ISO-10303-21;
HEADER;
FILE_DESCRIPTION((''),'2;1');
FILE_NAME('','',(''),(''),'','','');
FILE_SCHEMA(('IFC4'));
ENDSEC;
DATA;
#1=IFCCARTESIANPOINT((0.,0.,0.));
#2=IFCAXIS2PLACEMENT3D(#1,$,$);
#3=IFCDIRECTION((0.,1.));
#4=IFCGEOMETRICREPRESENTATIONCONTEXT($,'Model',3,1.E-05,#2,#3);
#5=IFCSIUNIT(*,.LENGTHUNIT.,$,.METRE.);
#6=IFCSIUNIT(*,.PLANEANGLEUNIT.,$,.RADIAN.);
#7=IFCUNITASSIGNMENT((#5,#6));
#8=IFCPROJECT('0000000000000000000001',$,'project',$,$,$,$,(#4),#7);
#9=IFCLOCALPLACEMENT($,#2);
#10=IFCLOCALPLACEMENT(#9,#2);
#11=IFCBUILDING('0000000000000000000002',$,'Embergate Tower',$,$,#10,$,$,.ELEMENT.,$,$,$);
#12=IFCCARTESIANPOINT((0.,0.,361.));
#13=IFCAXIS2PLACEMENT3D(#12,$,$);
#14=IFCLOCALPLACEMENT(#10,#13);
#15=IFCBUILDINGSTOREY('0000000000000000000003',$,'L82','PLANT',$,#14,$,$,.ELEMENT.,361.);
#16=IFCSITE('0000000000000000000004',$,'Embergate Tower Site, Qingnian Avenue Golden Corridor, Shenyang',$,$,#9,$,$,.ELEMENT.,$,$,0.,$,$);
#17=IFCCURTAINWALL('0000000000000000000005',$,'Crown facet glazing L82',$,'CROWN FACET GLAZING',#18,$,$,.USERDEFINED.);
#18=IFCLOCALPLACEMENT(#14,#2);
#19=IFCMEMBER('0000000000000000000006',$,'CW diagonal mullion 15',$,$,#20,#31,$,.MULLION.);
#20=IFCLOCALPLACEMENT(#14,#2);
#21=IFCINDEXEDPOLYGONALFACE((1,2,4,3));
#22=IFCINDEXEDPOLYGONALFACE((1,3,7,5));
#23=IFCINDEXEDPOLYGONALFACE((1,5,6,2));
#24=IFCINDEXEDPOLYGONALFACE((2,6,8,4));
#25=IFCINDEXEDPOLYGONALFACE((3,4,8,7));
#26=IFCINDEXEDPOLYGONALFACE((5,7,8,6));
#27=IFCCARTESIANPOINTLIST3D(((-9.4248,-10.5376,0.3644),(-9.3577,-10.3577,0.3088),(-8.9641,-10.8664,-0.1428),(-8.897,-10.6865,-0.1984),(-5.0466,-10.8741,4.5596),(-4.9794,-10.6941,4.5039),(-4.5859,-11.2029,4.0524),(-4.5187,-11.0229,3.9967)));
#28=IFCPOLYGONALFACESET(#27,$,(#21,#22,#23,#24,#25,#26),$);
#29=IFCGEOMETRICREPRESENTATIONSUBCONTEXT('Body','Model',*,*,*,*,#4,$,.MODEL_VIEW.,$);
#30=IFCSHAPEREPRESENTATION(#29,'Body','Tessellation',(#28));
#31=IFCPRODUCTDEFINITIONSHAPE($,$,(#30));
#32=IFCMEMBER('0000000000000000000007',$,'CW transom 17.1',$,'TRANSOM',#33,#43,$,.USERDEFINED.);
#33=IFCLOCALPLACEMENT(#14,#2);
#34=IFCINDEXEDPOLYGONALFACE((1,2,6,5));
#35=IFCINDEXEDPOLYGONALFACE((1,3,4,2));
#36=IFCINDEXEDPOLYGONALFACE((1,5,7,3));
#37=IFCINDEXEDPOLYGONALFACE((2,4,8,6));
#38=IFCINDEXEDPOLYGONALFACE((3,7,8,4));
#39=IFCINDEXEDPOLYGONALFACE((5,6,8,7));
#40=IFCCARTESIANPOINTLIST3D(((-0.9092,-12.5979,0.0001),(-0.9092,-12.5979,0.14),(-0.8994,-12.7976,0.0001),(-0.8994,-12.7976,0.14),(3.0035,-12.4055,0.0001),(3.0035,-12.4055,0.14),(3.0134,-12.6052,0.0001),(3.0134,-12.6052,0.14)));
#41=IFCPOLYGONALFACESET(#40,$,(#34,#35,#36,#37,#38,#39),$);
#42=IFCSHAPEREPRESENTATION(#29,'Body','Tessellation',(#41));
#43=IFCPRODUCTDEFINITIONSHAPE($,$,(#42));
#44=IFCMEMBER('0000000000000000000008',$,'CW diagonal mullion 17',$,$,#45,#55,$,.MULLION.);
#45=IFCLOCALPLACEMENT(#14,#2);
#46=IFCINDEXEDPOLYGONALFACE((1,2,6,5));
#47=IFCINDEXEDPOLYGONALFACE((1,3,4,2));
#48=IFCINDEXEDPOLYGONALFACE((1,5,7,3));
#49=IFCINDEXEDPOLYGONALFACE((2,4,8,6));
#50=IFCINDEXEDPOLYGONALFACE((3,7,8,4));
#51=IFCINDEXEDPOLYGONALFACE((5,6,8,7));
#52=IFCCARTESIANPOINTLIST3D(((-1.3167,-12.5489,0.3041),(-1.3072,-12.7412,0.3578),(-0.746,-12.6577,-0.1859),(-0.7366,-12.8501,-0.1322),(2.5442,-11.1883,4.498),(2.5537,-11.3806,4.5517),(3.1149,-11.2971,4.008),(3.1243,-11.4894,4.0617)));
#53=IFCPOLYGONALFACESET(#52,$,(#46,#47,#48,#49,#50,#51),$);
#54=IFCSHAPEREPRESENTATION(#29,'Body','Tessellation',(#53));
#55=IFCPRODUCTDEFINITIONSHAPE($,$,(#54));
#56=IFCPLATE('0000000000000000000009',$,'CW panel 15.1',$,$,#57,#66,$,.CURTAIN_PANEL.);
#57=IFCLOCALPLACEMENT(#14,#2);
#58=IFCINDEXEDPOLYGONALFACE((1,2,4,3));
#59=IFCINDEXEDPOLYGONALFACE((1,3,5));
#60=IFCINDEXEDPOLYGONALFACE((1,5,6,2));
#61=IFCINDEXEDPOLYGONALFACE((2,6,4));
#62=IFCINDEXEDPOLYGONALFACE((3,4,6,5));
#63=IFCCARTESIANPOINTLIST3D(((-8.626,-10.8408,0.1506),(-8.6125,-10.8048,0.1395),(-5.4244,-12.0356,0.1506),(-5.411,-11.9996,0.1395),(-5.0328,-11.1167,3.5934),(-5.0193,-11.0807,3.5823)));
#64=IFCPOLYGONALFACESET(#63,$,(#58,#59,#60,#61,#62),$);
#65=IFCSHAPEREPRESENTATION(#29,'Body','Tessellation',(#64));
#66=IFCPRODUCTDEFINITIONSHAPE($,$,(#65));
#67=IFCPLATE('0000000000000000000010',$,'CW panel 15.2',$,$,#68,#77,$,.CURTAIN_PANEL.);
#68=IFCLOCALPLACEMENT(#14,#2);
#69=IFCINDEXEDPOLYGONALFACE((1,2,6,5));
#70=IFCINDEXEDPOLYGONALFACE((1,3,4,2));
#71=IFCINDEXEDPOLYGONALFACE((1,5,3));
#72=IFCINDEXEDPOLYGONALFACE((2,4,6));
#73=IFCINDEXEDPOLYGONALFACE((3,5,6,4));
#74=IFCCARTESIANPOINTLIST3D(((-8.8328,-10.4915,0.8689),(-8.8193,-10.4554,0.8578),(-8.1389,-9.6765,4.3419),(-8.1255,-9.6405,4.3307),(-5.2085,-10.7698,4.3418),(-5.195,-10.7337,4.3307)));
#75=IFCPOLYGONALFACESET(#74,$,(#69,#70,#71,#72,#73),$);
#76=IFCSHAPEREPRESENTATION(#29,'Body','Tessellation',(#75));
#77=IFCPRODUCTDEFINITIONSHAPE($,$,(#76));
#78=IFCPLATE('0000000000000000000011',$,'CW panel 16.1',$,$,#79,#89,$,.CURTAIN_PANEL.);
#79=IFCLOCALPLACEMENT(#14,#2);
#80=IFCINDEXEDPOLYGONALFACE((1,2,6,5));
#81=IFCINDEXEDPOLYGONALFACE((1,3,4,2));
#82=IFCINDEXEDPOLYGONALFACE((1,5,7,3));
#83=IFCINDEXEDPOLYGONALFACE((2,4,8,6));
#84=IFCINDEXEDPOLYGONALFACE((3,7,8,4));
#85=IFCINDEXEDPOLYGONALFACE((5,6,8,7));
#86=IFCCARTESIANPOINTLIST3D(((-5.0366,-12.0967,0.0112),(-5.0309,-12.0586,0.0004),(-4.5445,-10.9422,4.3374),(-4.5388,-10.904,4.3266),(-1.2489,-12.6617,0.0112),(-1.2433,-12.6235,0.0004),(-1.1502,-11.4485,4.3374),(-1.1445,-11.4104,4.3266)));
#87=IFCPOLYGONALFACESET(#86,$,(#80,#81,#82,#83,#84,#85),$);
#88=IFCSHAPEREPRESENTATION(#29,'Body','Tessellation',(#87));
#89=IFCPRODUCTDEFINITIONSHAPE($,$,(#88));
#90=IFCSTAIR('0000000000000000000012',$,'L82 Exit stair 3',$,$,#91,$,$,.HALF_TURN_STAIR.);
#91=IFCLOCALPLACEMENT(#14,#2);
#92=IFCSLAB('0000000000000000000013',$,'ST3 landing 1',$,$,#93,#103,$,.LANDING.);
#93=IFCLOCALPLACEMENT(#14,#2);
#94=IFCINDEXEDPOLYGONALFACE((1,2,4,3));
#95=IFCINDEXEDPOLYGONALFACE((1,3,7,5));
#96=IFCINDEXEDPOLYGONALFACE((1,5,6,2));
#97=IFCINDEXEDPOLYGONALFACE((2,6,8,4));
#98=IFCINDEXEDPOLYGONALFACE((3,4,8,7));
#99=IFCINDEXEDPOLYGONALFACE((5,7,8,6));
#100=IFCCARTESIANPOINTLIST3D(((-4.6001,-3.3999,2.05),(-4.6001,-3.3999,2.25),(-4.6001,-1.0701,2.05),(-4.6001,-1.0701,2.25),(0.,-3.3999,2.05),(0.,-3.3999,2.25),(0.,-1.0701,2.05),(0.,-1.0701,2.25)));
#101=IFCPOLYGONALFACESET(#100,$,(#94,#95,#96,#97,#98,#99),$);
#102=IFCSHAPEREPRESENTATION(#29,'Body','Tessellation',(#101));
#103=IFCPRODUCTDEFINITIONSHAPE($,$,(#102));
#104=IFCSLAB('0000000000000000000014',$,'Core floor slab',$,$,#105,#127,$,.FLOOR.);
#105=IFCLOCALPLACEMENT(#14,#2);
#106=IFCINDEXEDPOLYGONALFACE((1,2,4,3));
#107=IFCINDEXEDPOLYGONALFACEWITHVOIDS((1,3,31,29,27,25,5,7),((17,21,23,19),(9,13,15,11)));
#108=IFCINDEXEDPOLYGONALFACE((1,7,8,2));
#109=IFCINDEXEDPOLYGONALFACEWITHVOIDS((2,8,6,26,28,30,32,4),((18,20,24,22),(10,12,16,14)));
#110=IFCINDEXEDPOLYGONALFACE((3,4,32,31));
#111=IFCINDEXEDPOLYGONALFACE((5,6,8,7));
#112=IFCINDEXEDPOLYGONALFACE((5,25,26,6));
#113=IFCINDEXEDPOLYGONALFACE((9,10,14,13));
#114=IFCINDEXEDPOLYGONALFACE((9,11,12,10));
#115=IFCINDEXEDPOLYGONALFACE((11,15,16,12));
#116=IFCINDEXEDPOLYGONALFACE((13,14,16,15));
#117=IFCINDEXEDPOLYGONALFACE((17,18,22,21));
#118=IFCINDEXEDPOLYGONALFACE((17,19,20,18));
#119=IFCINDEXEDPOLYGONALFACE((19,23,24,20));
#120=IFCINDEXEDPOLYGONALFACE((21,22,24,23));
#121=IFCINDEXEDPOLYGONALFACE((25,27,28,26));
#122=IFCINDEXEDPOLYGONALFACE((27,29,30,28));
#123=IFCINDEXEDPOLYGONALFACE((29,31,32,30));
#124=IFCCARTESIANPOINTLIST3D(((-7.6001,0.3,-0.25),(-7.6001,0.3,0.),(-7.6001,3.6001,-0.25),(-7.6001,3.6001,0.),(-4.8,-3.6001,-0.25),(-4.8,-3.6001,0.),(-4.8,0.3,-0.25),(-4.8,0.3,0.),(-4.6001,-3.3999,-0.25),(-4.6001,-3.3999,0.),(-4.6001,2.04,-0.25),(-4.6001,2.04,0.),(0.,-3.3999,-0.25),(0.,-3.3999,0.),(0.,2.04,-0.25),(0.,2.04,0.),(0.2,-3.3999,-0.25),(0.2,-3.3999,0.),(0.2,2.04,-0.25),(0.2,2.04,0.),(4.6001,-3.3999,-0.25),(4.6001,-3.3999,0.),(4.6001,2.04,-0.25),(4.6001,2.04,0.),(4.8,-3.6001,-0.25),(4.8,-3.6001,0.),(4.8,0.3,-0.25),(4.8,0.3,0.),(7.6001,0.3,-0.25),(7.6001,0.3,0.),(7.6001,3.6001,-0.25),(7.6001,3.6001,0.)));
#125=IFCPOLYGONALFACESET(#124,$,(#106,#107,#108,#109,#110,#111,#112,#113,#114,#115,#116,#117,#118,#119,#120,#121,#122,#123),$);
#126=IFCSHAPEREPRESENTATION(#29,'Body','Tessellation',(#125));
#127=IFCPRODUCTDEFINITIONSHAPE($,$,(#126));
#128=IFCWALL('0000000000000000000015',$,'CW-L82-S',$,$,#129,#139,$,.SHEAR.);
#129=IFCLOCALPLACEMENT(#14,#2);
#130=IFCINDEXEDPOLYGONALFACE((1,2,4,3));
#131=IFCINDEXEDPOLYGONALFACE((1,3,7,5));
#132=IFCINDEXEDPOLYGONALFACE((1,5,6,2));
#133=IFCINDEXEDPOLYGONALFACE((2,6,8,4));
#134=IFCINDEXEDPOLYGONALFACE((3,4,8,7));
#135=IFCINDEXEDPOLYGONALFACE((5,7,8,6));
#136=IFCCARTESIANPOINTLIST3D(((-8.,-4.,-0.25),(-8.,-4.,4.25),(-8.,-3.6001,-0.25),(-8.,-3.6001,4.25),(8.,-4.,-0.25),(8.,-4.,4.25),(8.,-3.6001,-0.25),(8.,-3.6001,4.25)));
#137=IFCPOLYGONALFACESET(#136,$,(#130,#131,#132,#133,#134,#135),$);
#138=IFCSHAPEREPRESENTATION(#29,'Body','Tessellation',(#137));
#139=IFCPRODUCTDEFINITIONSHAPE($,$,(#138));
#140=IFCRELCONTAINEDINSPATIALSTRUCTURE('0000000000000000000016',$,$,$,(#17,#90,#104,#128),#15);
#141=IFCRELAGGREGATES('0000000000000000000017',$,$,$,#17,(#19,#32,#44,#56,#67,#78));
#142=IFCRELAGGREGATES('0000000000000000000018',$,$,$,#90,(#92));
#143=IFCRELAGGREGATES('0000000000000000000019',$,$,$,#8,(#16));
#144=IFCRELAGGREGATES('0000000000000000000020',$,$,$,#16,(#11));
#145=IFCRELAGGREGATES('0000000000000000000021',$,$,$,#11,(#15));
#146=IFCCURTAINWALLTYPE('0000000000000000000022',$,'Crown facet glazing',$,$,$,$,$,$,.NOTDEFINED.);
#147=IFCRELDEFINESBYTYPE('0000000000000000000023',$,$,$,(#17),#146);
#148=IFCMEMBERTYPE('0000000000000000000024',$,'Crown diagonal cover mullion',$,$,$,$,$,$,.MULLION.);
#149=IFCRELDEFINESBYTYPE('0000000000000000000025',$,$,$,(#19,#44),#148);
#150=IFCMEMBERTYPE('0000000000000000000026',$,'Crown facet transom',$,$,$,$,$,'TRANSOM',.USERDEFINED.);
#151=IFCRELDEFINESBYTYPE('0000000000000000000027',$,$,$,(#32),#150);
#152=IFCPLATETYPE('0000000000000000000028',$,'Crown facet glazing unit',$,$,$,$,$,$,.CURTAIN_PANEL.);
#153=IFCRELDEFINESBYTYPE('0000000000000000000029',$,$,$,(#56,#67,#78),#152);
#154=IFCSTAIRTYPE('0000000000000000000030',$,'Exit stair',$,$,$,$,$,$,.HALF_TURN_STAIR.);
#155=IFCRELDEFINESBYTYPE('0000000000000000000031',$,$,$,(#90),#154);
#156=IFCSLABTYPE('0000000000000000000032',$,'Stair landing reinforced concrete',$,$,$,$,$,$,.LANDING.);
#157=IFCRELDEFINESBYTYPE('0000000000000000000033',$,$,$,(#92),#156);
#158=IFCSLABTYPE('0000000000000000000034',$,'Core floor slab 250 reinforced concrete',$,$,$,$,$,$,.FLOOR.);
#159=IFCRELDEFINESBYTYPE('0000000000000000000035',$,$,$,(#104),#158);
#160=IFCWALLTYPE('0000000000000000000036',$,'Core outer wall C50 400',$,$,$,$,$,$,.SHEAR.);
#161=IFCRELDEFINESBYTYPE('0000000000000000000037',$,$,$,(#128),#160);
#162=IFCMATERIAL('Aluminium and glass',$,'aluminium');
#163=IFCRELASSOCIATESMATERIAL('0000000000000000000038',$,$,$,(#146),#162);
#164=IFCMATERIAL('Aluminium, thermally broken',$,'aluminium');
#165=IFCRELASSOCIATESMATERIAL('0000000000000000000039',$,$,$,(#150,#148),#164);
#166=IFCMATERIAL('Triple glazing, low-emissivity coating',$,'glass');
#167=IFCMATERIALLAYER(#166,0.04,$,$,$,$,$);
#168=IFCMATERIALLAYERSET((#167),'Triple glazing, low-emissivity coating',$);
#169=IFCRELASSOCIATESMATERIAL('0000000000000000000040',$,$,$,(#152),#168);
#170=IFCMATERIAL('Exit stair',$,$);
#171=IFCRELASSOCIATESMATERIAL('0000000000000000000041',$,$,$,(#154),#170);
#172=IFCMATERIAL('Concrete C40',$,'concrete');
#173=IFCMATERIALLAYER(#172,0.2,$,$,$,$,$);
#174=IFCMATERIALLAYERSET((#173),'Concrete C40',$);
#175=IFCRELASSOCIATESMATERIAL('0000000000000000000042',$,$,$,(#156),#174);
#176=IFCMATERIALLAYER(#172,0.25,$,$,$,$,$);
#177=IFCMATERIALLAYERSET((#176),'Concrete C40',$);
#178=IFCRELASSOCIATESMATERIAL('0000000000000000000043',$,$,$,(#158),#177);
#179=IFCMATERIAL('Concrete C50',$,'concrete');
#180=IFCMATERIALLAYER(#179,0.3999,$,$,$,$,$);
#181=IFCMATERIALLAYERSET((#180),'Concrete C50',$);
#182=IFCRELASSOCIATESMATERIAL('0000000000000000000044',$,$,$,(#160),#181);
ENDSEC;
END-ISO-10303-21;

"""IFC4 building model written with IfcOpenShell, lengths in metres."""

from ifc_helpers import new_model, si_unit, direction, frame, frame_2d, origin, origin_2d, place, context, subcontext, project, spatial, polyline, rectangle, outline, extrude, source, transform, mapped, material, layer, layer_set, material_profile, profile_set, type_object, element, aggregate, save


model = new_model("IFC4")

# Units and contexts
model_context = context("Model", 3, precision=1e-05, world=origin(), true_north=direction((0.0, 1.0)))
body_context = subcontext(model_context, "Body", "Model", "MODEL_VIEW")
ifc_project = project(units=[si_unit("LENGTHUNIT", "METRE"), si_unit("PLANEANGLEUNIT", "RADIAN")], contexts=[model_context])

# Site, building, storey
site_placement = place(None, origin())
site = spatial("IfcSite", under=ifc_project, at=site_placement, Name="Embergate Tower Site, Qingnian Avenue Golden Corridor, Shenyang", CompositionType="ELEMENT", RefElevation=0.0)
building_placement = place(site_placement, origin())
building = spatial("IfcBuilding", under=site, at=building_placement, Name="Embergate Tower", CompositionType="ELEMENT")
storey_placement = place(building_placement, frame((0.0, 0.0, 361.0)))
storey = spatial("IfcBuildingStorey", under=building, at=storey_placement, Name="L82", Description="PLANT", CompositionType="ELEMENT", Elevation=361.0)

# Curtain wall, members, plates
ifc_material_1 = material(Name="Aluminium and glass", Category="aluminium")
curtain_wall_type = type_object("IfcCurtainWallType", Name="Crown facet glazing", PredefinedType="NOTDEFINED", material=ifc_material_1)
curtain_wall_placement = place(storey_placement, origin())
curtain_wall = element("IfcCurtainWall", 1, at=curtain_wall_placement, inside=storey, type_object=curtain_wall_type, Name="Crown facet glazing L82", ObjectType="CROWN FACET GLAZING", PredefinedType="USERDEFINED")
ifc_material_2 = material(Name="Aluminium, thermally broken", Category="aluminium")
ifc_material_profile_1 = material_profile(ifc_material_2, rectangle(XDim=0.2, YDim=0.1399, at=origin_2d()), Name="AL 140x200")
ifc_profile_set_1 = profile_set([ifc_material_profile_1], Name="Aluminium, thermally broken")
member_type_1 = type_object("IfcMemberType", Name="Crown facet transom", ElementType="TRANSOM", PredefinedType="USERDEFINED", material=ifc_profile_set_1)
ifc_material_profile_2 = material_profile(ifc_material_2, rectangle(XDim=0.2, YDim=0.76, at=origin_2d()), Name="AL 760x200")
ifc_profile_set_2 = profile_set([ifc_material_profile_2], Name="Aluminium, thermally broken")
member_type_2 = type_object("IfcMemberType", Name="Crown diagonal cover mullion", PredefinedType="MULLION", material=ifc_profile_set_2)
shared_shape_1 = source(origin(), body_context, "Body", "SweptSolid", [
    extrude(rectangle(XDim=0.2, YDim=0.76, at=origin_2d()), origin(), (0.0, 0.0, 1.0), 6.073),
])
member_1_placement = place(storey_placement, frame((-9.1609, -10.6121, 0.083), z_axis=(0.720936, -0.055398, 0.690784), x_axis=(-0.33583, -0.899864, 0.278323)))
member_1 = element("IfcMember", 2, at=member_1_placement, type_object=member_type_2, Name="CW diagonal mullion 15", PredefinedType="MULLION", context=body_context, shape_type="MappedRepresentation", body=[
    mapped(shared_shape_1, transform((0.0, 0.0, 0.0))),
])
shared_shape_2 = source(origin(), body_context, "Body", "SweptSolid", [
    extrude(rectangle(XDim=0.2, YDim=0.1399, at=origin_2d()), origin(), (0.0, 0.0, 1.0), 3.9175),
])
member_2_placement = place(storey_placement, frame((-0.9043, -12.6978, 0.0701), z_axis=(0.998793, 0.049108, 0.0), x_axis=(-0.049108, 0.998793, 0.0)))
member_2 = element("IfcMember", 3, at=member_2_placement, type_object=member_type_1, Name="CW transom 17.1", ObjectType="TRANSOM", PredefinedType="USERDEFINED", context=body_context, shape_type="MappedRepresentation", body=[
    mapped(shared_shape_2, transform((0.0, 0.0, 0.0))),
])
shared_shape_3 = source(origin(), body_context, "Body", "SweptSolid", [
    extrude(rectangle(XDim=0.2, YDim=0.76, at=origin_2d()), origin(), (0.0, 0.0, 1.0), 5.8606),
])
member_3_placement = place(storey_placement, frame((-1.0266, -12.6995, 0.0859), z_axis=(0.658788, 0.232163, 0.71561), x_axis=(0.047236, -0.962082, 0.268639)))
member_3 = element("IfcMember", 4, at=member_3_placement, type_object=member_type_2, Name="CW diagonal mullion 17", PredefinedType="MULLION", context=body_context, shape_type="MappedRepresentation", body=[
    mapped(shared_shape_3, transform((0.0, 0.0, 0.0))),
])
ifc_material_3 = material(Name="Triple glazing, low-emissivity coating", Category="glass")
ifc_layer_1 = layer(ifc_material_3, 0.04)
ifc_layer_set_1 = layer_set([ifc_layer_1], Name="Triple glazing, low-emissivity coating")
plate_type = type_object("IfcPlateType", Name="Crown facet glazing unit", PredefinedType="CURTAIN_PANEL", material=ifc_layer_set_1)
shared_shape_4 = source(origin(), body_context, "Body", "SweptSolid", [
    extrude(outline(polyline([(0.0, 0.0), (3.4172, 0.0), (3.4629, 3.5845), (0.0, 0.0)])), origin(), (0.0, 0.0, -1.0), 0.04),
])
plate_1_placement = place(storey_placement, frame((-8.626, -10.8408, 0.1506), z_axis=(-0.335815, -0.899852, 0.278378), x_axis=(0.936886, -0.349635, 0.0)))
plate_1 = element("IfcPlate", 5, at=plate_1_placement, type_object=plate_type, Name="CW panel 15.1", PredefinedType="CURTAIN_PANEL", context=body_context, shape_type="MappedRepresentation", body=[
    mapped(shared_shape_4, transform((0.0, 0.0, 0.0))),
])
shared_shape_5 = source(origin(), body_context, "Body", "SweptSolid", [
    extrude(outline(polyline([(0.0, 0.0), (5.0273, 0.0), (2.8542, 2.2495), (0.0, 0.0)])), origin(), (0.0, 0.0, -1.0), 0.04),
])
plate_2_placement = place(storey_placement, frame((-8.8328, -10.4915, 0.8689), z_axis=(-0.335737, -0.899921, 0.27825), x_axis=(0.720916, -0.055362, 0.690807)))
plate_2 = element("IfcPlate", 6, at=plate_2_placement, type_object=plate_type, Name="CW panel 15.2", PredefinedType="CURTAIN_PANEL", context=body_context, shape_type="MappedRepresentation", body=[
    mapped(shared_shape_5, transform((0.0, 0.0, 0.0))),
])
shared_shape_6 = source(origin(), body_context, "Body", "SweptSolid", [
    extrude(outline(polyline([(0.0, 0.0), (3.8296, 0.0), (3.7483, 4.4934), (0.3164, 4.4934), (0.0, 0.0)])), origin(), (0.0, 0.0, -1.0), 0.04),
])
plate_3_placement = place(storey_placement, frame((-5.0366, -12.0967, 0.0112), z_axis=(-0.142042, -0.952246, 0.270281), x_axis=(0.989057, -0.147532, 0.000003)))
plate_3 = element("IfcPlate", 7, at=plate_3_placement, type_object=plate_type, Name="CW panel 16.1", PredefinedType="CURTAIN_PANEL", context=body_context, shape_type="MappedRepresentation", body=[
    mapped(shared_shape_6, transform((0.0, 0.0, 0.0))),
])
aggregate(curtain_wall, [member_1, member_2, member_3, plate_1, plate_2, plate_3])

# Stair, slab
ifc_material_4 = material(Name="Exit stair")
stair_type = type_object("IfcStairType", Name="Exit stair", PredefinedType="HALF_TURN_STAIR", material=ifc_material_4)
stair_placement = place(storey_placement, origin())
stair = element("IfcStair", 8, at=stair_placement, inside=storey, type_object=stair_type, Name="L82 Exit stair 3", PredefinedType="HALF_TURN_STAIR")
ifc_material_5 = material(Name="Concrete C40", Category="concrete")
ifc_layer_2 = layer(ifc_material_5, 0.2)
ifc_layer_set_2 = layer_set([ifc_layer_2], Name="Concrete C40")
slab_type_1 = type_object("IfcSlabType", Name="Stair landing reinforced concrete", PredefinedType="LANDING", material=ifc_layer_set_2)
shared_shape_7 = source(origin(), body_context, "Body", "SweptSolid", [
    extrude(outline(polyline([(0.0, 0.0), (4.6001, 0.0), (4.6001, 2.3298), (0.0, 2.3298), (0.0, 0.0)])), origin(), (0.0, 0.0, 1.0), 0.2),
])
slab_1_placement = place(storey_placement, frame((-4.6001, -3.3999, 2.05)))
slab_1 = element("IfcSlab", 9, at=slab_1_placement, type_object=slab_type_1, Name="ST3 landing 1", PredefinedType="LANDING", context=body_context, shape_type="MappedRepresentation", body=[
    mapped(shared_shape_7, transform((0.0, 0.0, 0.0))),
])
aggregate(stair, [slab_1])

# Slab
ifc_layer_3 = layer(ifc_material_5, 0.25)
ifc_layer_set_3 = layer_set([ifc_layer_3], Name="Concrete C40")
slab_type_2 = type_object("IfcSlabType", Name="Core floor slab 250 reinforced concrete", PredefinedType="FLOOR", material=ifc_layer_set_3)
shared_shape_8 = source(origin(), body_context, "Body", "SweptSolid", [
    extrude(outline(polyline([(0.0, 0.0), (9.6001, 0.0), (9.6001, 3.9001), (12.4001, 3.9001), (12.4001, 7.2002), (-2.8, 7.2002), (-2.8, 3.9001), (0.0, 3.9001), (0.0, 0.0)]), holes=[polyline([(0.2, 0.2002), (0.2, 5.6401), (4.8, 5.6401), (4.8, 0.2002), (0.2, 0.2002)]), polyline([(5.0, 0.2002), (5.0, 5.6401), (9.4001, 5.6401), (9.4001, 0.2002), (5.0, 0.2002)])]), origin(), (0.0, 0.0, 1.0), 0.25),
])
slab_2_placement = place(storey_placement, frame((-4.8, -3.6001, -0.25)))
element("IfcSlab", 10, at=slab_2_placement, inside=storey, type_object=slab_type_2, Name="Core floor slab", PredefinedType="FLOOR", context=body_context, shape_type="MappedRepresentation", body=[
    mapped(shared_shape_8, transform((0.0, 0.0, 0.0))),
])

# Wall
ifc_material_6 = material(Name="Concrete C50", Category="concrete")
ifc_layer_4 = layer(ifc_material_6, 0.3999)
ifc_layer_set_4 = layer_set([ifc_layer_4], Name="Concrete C50")
wall_type_1 = type_object("IfcWallType", Name="Core outer wall C50 400", PredefinedType="SHEAR", material=ifc_layer_set_4)
shared_shape_9 = source(origin(), body_context, "Body", "SweptSolid", [
    extrude(rectangle(XDim=16.0, YDim=0.3999, at=frame_2d((8.0, 0.0))), origin(), (0.0, 0.0, 1.0), 4.5),
])
wall_1_placement = place(storey_placement, frame((-8.0, -3.8, -0.25), z_axis=(0.0, 0.0, 1.0), x_axis=(1.0, 0.0, 0.0)))
element("IfcWall", 11, at=wall_1_placement, inside=storey, type_object=wall_type_1, Name="CW-L82-S", PredefinedType="SHEAR", context=body_context, shape_type="MappedRepresentation", body=[
    mapped(shared_shape_9, transform((0.0, 0.0, 0.0))),
])

save(model, "model.ifc")
